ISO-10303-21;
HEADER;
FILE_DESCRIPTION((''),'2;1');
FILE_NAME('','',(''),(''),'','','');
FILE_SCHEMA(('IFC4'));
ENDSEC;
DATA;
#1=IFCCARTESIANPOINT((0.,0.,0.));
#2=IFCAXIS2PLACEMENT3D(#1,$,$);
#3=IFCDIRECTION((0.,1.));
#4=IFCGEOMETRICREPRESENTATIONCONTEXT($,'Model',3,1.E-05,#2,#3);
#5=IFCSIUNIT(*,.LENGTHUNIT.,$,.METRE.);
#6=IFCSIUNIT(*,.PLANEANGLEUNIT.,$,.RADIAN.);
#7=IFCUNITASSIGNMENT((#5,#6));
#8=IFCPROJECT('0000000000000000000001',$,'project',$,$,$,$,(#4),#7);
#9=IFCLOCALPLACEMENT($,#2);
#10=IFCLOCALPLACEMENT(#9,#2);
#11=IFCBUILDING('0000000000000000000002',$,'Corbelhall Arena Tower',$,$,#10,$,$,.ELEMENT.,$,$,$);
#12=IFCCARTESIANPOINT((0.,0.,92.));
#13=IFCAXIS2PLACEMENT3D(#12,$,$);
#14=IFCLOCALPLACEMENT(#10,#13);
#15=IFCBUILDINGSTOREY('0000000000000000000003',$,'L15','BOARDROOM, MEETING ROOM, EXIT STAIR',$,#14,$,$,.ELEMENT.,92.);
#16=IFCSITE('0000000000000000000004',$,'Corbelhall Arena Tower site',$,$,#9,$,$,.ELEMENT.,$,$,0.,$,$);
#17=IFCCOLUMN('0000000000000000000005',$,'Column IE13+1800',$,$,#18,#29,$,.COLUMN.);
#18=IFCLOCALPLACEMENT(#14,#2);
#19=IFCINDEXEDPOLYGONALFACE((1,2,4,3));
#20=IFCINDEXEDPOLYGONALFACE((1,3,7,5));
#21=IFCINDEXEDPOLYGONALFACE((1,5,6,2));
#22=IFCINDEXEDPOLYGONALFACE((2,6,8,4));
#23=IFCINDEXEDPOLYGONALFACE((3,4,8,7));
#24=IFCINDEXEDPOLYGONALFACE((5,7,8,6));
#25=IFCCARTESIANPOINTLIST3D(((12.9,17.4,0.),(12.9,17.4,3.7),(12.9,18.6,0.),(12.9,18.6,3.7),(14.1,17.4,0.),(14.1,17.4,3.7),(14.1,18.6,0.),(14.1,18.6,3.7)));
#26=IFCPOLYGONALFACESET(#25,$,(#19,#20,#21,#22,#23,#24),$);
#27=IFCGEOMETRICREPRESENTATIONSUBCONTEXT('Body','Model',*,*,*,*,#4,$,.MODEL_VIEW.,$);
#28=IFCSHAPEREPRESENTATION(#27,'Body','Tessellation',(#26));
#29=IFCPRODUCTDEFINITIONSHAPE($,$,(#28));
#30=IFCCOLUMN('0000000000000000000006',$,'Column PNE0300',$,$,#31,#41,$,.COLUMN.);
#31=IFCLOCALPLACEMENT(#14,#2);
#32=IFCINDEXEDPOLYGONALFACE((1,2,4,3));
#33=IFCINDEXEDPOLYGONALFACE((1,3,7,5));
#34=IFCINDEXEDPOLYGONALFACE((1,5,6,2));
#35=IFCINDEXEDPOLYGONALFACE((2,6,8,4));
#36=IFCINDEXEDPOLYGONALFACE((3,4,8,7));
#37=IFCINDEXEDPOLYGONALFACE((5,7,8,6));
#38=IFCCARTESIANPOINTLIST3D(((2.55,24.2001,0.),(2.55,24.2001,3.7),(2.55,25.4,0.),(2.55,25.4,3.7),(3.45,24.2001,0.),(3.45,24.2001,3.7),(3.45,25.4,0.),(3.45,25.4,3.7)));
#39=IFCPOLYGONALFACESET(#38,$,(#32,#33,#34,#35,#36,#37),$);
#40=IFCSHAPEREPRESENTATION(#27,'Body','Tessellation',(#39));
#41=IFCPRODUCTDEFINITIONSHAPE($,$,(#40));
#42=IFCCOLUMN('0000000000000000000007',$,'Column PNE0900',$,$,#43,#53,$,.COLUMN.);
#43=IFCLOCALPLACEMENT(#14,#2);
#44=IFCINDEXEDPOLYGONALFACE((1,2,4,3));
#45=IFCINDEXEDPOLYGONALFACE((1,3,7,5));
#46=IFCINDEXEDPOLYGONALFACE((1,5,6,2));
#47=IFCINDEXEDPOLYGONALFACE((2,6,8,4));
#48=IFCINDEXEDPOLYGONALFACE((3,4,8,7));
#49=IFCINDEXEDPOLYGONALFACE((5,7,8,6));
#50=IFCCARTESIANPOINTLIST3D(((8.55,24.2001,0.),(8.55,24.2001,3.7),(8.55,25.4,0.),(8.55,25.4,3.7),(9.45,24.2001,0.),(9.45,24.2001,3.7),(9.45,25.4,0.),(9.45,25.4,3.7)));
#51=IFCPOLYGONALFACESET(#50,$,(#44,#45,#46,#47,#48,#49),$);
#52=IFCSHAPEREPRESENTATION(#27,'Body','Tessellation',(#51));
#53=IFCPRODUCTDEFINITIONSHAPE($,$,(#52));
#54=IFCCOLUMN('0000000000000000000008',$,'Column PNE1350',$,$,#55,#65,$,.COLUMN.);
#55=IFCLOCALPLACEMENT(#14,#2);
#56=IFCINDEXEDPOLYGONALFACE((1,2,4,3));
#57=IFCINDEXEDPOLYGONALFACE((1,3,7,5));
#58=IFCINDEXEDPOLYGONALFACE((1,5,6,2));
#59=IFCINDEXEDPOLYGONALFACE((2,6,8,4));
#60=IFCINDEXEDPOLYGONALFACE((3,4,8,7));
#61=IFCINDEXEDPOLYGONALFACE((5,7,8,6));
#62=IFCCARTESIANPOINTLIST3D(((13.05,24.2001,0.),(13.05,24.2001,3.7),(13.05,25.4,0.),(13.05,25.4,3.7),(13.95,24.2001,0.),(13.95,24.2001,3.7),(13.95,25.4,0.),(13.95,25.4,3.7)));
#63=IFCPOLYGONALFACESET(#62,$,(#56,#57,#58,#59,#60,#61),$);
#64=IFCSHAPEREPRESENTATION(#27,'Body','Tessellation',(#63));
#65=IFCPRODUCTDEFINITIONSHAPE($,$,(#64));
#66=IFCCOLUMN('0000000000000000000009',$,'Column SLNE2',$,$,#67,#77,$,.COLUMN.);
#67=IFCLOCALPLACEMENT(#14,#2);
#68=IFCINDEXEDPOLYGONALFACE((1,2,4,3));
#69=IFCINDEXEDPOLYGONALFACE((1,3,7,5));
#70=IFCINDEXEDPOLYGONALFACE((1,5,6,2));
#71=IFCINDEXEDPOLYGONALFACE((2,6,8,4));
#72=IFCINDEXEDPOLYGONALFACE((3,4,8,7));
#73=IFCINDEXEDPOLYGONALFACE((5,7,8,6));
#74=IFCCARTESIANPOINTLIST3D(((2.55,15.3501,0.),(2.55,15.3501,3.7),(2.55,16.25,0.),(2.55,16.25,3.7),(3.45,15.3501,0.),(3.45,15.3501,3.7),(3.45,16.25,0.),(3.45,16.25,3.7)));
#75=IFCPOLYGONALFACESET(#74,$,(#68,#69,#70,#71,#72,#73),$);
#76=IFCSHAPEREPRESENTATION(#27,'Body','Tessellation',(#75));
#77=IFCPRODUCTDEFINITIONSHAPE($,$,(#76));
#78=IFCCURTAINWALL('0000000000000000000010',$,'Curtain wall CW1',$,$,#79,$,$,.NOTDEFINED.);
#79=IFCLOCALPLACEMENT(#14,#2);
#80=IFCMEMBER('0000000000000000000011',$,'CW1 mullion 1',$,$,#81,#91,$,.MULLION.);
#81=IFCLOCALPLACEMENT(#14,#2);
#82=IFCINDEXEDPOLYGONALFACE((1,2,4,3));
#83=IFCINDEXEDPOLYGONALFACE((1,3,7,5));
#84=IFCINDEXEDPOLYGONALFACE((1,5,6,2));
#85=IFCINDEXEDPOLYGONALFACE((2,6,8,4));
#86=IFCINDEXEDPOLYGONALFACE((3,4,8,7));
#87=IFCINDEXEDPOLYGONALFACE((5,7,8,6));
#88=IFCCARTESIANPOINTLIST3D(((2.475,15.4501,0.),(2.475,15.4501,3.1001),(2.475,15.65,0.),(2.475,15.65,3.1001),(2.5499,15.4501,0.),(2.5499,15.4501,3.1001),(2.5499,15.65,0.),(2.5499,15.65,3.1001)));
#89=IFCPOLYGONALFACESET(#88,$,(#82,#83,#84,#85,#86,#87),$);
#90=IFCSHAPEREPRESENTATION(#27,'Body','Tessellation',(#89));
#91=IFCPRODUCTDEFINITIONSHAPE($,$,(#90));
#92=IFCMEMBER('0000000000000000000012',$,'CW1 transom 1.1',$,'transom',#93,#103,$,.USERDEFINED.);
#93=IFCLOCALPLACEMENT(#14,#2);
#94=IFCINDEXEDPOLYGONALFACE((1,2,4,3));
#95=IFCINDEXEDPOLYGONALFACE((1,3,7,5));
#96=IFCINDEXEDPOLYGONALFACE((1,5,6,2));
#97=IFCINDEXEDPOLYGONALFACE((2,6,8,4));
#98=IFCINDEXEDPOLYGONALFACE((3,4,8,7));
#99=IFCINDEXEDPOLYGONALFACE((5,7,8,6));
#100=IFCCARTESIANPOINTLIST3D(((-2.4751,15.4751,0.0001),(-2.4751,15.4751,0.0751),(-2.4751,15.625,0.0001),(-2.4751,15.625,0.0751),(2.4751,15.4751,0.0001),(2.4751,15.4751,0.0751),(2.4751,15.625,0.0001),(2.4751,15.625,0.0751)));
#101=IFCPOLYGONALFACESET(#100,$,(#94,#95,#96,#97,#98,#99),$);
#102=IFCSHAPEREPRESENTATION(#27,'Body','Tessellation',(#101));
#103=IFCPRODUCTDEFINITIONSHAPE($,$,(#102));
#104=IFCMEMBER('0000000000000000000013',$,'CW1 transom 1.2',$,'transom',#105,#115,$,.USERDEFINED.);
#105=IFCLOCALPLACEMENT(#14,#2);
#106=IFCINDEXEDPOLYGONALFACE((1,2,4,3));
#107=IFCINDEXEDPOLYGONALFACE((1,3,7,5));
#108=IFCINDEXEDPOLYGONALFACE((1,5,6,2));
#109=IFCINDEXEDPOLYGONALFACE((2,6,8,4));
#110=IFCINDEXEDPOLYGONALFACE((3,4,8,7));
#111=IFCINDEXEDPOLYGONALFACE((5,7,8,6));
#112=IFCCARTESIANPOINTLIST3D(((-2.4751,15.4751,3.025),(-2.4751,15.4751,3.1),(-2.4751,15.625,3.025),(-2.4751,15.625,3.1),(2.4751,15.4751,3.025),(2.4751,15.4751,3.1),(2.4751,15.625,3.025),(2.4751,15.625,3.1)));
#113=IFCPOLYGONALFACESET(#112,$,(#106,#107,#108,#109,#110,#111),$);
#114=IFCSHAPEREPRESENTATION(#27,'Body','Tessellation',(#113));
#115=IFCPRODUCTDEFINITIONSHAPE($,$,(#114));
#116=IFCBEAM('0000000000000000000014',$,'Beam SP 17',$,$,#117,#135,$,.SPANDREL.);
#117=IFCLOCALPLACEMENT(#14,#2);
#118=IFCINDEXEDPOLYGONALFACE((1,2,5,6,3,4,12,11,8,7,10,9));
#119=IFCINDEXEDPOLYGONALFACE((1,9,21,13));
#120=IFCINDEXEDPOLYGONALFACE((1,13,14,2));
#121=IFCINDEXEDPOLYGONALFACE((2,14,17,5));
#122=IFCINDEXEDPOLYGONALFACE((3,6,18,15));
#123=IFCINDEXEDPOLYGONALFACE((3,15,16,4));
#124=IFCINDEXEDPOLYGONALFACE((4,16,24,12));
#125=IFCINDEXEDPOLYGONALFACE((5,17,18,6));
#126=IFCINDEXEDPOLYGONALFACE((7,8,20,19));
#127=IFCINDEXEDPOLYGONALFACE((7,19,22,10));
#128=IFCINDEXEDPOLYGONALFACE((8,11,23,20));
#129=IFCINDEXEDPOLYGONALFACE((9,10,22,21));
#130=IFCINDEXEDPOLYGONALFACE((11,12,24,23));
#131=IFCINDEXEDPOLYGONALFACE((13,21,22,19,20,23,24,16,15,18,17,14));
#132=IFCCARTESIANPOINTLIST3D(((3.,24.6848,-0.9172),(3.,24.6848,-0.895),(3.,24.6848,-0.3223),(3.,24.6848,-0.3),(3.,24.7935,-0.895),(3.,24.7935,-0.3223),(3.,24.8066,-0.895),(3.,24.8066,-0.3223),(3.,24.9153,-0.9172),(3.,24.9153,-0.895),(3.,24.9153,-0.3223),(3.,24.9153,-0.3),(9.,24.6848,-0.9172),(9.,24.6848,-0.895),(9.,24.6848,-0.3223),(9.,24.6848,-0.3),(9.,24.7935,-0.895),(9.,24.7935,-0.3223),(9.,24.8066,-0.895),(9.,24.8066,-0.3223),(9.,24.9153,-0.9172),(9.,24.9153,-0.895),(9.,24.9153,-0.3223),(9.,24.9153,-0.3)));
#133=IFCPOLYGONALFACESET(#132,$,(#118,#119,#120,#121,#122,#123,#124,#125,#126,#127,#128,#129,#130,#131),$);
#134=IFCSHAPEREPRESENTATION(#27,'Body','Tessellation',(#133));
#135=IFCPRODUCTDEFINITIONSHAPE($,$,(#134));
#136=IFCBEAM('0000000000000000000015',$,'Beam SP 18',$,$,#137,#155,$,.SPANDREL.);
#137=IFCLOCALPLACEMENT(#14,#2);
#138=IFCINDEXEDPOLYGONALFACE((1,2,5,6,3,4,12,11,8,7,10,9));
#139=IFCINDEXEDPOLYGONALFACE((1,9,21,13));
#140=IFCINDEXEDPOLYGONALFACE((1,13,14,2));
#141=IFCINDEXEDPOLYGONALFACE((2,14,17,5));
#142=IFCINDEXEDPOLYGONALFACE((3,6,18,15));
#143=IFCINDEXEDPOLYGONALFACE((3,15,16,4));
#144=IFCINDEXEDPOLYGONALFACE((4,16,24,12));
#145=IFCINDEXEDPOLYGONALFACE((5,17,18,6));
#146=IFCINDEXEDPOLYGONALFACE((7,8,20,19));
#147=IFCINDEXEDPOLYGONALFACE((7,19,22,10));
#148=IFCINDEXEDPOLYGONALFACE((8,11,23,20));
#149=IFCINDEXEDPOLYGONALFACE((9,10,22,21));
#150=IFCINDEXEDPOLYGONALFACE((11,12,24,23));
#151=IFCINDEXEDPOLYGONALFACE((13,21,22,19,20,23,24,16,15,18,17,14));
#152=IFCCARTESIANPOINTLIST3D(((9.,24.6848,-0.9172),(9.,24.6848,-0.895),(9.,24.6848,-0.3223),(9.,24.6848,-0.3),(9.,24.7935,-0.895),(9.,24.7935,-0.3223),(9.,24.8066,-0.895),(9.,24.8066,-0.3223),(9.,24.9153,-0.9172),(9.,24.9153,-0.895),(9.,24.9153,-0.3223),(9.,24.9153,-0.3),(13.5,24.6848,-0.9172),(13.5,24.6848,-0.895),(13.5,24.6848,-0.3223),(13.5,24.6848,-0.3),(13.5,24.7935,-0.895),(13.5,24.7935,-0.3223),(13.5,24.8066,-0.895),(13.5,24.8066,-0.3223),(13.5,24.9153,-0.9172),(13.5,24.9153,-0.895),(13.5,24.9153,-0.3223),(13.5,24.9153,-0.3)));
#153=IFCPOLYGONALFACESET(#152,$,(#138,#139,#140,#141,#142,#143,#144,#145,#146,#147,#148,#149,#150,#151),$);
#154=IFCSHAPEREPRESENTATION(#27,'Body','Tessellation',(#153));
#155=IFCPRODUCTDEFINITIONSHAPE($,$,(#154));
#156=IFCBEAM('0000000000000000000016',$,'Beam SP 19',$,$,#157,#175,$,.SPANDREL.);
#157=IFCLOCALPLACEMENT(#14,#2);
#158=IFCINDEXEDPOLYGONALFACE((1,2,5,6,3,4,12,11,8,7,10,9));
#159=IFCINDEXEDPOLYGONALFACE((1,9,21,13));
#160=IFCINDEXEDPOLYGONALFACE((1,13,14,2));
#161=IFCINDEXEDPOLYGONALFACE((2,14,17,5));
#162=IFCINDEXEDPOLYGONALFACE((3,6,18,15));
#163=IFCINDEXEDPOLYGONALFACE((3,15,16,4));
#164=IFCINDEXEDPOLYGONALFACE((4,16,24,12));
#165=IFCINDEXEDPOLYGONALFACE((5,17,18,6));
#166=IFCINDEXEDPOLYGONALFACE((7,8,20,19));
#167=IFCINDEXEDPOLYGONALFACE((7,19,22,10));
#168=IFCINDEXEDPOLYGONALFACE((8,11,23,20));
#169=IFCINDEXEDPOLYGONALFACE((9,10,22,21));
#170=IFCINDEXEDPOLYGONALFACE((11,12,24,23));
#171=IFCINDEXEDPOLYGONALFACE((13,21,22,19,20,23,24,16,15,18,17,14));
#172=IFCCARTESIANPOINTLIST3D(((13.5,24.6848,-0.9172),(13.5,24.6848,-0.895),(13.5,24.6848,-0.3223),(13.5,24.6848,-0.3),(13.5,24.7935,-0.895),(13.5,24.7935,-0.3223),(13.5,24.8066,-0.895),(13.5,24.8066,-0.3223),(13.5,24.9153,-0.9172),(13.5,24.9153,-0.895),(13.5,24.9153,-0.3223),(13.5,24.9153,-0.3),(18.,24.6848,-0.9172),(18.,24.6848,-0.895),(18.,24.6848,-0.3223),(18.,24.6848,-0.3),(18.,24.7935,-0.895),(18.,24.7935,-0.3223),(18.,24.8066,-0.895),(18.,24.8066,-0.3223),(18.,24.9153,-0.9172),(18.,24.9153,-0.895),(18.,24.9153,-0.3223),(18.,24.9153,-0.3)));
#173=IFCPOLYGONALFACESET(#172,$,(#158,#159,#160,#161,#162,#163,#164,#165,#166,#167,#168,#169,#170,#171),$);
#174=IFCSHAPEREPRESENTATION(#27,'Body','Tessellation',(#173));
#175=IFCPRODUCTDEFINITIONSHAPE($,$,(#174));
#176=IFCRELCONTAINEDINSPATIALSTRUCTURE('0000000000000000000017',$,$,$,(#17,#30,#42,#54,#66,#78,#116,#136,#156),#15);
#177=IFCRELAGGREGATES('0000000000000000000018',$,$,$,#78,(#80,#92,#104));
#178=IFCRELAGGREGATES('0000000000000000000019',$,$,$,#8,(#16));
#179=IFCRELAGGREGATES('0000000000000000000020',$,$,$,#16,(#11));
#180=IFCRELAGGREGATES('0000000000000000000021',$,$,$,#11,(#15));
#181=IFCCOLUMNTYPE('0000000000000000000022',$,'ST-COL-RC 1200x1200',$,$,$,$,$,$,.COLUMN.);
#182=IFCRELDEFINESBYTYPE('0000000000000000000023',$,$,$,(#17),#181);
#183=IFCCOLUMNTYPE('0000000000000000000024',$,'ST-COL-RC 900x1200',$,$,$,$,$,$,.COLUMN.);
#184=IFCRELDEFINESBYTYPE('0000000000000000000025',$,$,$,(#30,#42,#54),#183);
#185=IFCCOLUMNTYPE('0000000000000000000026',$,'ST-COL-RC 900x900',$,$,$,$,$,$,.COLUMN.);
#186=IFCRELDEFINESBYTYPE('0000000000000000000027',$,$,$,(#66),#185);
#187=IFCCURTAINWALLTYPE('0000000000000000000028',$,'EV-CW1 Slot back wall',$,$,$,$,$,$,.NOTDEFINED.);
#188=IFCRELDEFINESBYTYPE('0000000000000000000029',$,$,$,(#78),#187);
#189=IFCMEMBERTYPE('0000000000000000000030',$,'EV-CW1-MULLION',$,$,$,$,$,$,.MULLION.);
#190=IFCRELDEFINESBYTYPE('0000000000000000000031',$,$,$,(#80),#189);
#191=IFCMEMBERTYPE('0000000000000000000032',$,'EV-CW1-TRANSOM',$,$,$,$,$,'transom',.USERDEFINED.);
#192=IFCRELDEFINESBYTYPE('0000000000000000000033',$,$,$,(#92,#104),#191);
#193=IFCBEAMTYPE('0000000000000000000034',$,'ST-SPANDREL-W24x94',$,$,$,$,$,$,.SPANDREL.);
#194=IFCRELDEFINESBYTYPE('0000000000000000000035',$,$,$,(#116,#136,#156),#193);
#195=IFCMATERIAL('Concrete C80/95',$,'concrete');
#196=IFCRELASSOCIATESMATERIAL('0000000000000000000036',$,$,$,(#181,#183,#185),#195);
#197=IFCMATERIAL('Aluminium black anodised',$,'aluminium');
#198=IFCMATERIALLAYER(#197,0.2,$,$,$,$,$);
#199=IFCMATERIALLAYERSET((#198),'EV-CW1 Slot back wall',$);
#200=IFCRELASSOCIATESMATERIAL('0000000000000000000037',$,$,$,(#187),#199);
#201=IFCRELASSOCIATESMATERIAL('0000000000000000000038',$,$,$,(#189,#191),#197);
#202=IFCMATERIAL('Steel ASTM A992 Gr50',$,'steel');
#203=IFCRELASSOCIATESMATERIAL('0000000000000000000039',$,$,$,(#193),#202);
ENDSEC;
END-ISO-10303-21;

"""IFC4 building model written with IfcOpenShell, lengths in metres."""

from ifc_helpers import new_model, si_unit, direction, frame, origin, origin_2d, place, context, subcontext, project, spatial, rectangle, i_section, extrude, material, layer, layer_set, material_profile, profile_set, type_object, element, aggregate, save


model = new_model("IFC4")

# Units and contexts
model_context = context("Model", 3, precision=1e-05, world=origin(), true_north=direction((0.0, 1.0)))
body_context = subcontext(model_context, "Body", "Model", "MODEL_VIEW")
ifc_project = project(units=[si_unit("LENGTHUNIT", "METRE"), si_unit("PLANEANGLEUNIT", "RADIAN")], contexts=[model_context])

# Site, building, storey
site_placement = place(None, origin())
site = spatial("IfcSite", under=ifc_project, at=site_placement, Name="Corbelhall Arena Tower site", CompositionType="ELEMENT", RefElevation=0.0)
building_placement = place(site_placement, origin())
building = spatial("IfcBuilding", under=site, at=building_placement, Name="Corbelhall Arena Tower", CompositionType="ELEMENT")
storey_placement = place(building_placement, frame((0.0, 0.0, 92.0)))
storey = spatial("IfcBuildingStorey", under=building, at=storey_placement, Name="L15", Description="BOARDROOM, MEETING ROOM, EXIT STAIR", CompositionType="ELEMENT", Elevation=92.0)

# Columns
ifc_material_1 = material(Name="Concrete C80/95", Category="concrete")
ifc_material_profile_1 = material_profile(ifc_material_1, rectangle(XDim=1.2, YDim=1.2, at=origin_2d()))
ifc_profile_set_1 = profile_set([ifc_material_profile_1], Name="Concrete C80/95")
column_type_1 = type_object("IfcColumnType", Name="ST-COL-RC 1200x1200", PredefinedType="COLUMN", material=ifc_profile_set_1)
column_1_placement = place(storey_placement, frame((13.5, 18.0, 0.0), z_axis=(0.0, 0.0, 1.0), x_axis=(1.0, 0.0, 0.0)))
element("IfcColumn", 1, at=column_1_placement, inside=storey, type_object=column_type_1, Name="Column IE13+1800", PredefinedType="COLUMN", context=body_context, shape_type="SweptSolid", body=[
    extrude(rectangle(XDim=1.2, YDim=1.2, at=origin_2d()), origin(), (0.0, 0.0, 1.0), 3.7),
])
ifc_material_profile_2 = material_profile(ifc_material_1, rectangle(XDim=0.8999, YDim=1.2, at=origin_2d()))
ifc_profile_set_2 = profile_set([ifc_material_profile_2], Name="Concrete C80/95")
column_type_2 = type_object("IfcColumnType", Name="ST-COL-RC 900x1200", PredefinedType="COLUMN", material=ifc_profile_set_2)
for number, where, z_axis, x_axis, name in (
    (2, (3.0, 24.8, 0.0), (0.0, 0.0, 1.0), (1.0, 0.0, 0.0), "Column PNE0300"),
    (3, (9.0, 24.8, 0.0), (0.0, 0.0, 1.0), (1.0, 0.0, 0.0), "Column PNE0900"),
    (4, (13.5, 24.8, 0.0), (0.0, 0.0, 1.0), (1.0, 0.0, 0.0), "Column PNE1350"),
):
    element("IfcColumn", number, at=place(storey_placement, frame(where, z_axis=z_axis, x_axis=x_axis)), inside=storey, type_object=column_type_2, Name=name, PredefinedType="COLUMN", context=body_context, shape_type="SweptSolid", body=[
        extrude(rectangle(XDim=0.8999, YDim=1.2, at=origin_2d()), origin(), (0.0, 0.0, 1.0), 3.7),
    ])
ifc_material_profile_3 = material_profile(ifc_material_1, rectangle(XDim=0.8999, YDim=0.8999, at=origin_2d()))
ifc_profile_set_3 = profile_set([ifc_material_profile_3], Name="Concrete C80/95")
column_type_3 = type_object("IfcColumnType", Name="ST-COL-RC 900x900", PredefinedType="COLUMN", material=ifc_profile_set_3)
column_2_placement = place(storey_placement, frame((3.0, 15.8, 0.0), z_axis=(0.0, 0.0, 1.0), x_axis=(1.0, 0.0, 0.0)))
element("IfcColumn", 5, at=column_2_placement, inside=storey, type_object=column_type_3, Name="Column SLNE2", PredefinedType="COLUMN", context=body_context, shape_type="SweptSolid", body=[
    extrude(rectangle(XDim=0.8999, YDim=0.8999, at=origin_2d()), origin(), (0.0, 0.0, 1.0), 3.7),
])

# Curtain wall, members
ifc_material_2 = material(Name="Aluminium black anodised", Category="aluminium")
ifc_layer_1 = layer(ifc_material_2, 0.2)
ifc_layer_set_1 = layer_set([ifc_layer_1], Name="EV-CW1 Slot back wall")
curtain_wall_type = type_object("IfcCurtainWallType", Name="EV-CW1 Slot back wall", PredefinedType="NOTDEFINED", material=ifc_layer_set_1)
curtain_wall_placement = place(storey_placement, origin())
curtain_wall = element("IfcCurtainWall", 6, at=curtain_wall_placement, inside=storey, type_object=curtain_wall_type, Name="Curtain wall CW1", PredefinedType="NOTDEFINED")
ifc_material_profile_4 = material_profile(ifc_material_2, rectangle(XDim=0.2, YDim=0.075, at=origin_2d()))
ifc_profile_set_4 = profile_set([ifc_material_profile_4], Name="Aluminium black anodised")
member_type_1 = type_object("IfcMemberType", Name="EV-CW1-MULLION", PredefinedType="MULLION", material=ifc_profile_set_4)
member_1_placement = place(storey_placement, frame((2.5125, 15.55, 0.0), z_axis=(0.0, 0.0, 1.0), x_axis=(0.0, -1.0, 0.0)))
member_1 = element("IfcMember", 7, at=member_1_placement, type_object=member_type_1, Name="CW1 mullion 1", PredefinedType="MULLION", context=body_context, shape_type="SweptSolid", body=[
    extrude(rectangle(XDim=0.2, YDim=0.075, at=origin_2d()), origin(), (0.0, 0.0, 1.0), 3.1001),
])
ifc_material_profile_5 = material_profile(ifc_material_2, rectangle(XDim=0.1499, YDim=0.075, at=origin_2d()))
ifc_profile_set_5 = profile_set([ifc_material_profile_5], Name="Aluminium black anodised")
member_type_2 = type_object("IfcMemberType", Name="EV-CW1-TRANSOM", ElementType="transom", PredefinedType="USERDEFINED", material=ifc_profile_set_5)
member_2_placement = place(storey_placement, frame((2.4751, 15.55, 0.0376), z_axis=(-1.0, 0.0, 0.0), x_axis=(0.0, -1.0, 0.0)))
member_2 = element("IfcMember", 8, at=member_2_placement, type_object=member_type_2, Name="CW1 transom 1.1", ObjectType="transom", PredefinedType="USERDEFINED", context=body_context, shape_type="SweptSolid", body=[
    extrude(rectangle(XDim=0.1499, YDim=0.075, at=origin_2d()), origin(), (0.0, 0.0, 1.0), 4.9502),
])
member_3_placement = place(storey_placement, frame((2.4751, 15.55, 3.0625), z_axis=(-1.0, 0.0, 0.0), x_axis=(0.0, -1.0, 0.0)))
member_3 = element("IfcMember", 9, at=member_3_placement, type_object=member_type_2, Name="CW1 transom 1.2", ObjectType="transom", PredefinedType="USERDEFINED", context=body_context, shape_type="SweptSolid", body=[
    extrude(rectangle(XDim=0.1499, YDim=0.075, at=origin_2d()), origin(), (0.0, 0.0, 1.0), 4.9502),
])

# Beams
ifc_material_3 = material(Name="Steel ASTM A992 Gr50", Category="steel")
ifc_material_profile_6 = material_profile(ifc_material_3, i_section(OverallWidth=0.2305, OverallDepth=0.6172, WebThickness=0.0132, FlangeThickness=0.0222, at=origin_2d()))
ifc_profile_set_6 = profile_set([ifc_material_profile_6], Name="Steel ASTM A992 Gr50")
beam_type_1 = type_object("IfcBeamType", Name="ST-SPANDREL-W24x94", PredefinedType="SPANDREL", material=ifc_profile_set_6)
beam_1_placement = place(storey_placement, frame((3.0, 24.8, -0.6086), z_axis=(1.0, 0.0, 0.0), x_axis=(0.0, 1.0, 0.0)))
element("IfcBeam", 10, at=beam_1_placement, inside=storey, type_object=beam_type_1, Name="Beam SP 17", PredefinedType="SPANDREL", context=body_context, shape_type="SweptSolid", body=[
    extrude(i_section(OverallWidth=0.2305, OverallDepth=0.6172, WebThickness=0.0132, FlangeThickness=0.0222, at=origin_2d()), origin(), (0.0, 0.0, 1.0), 6.0),
])
for number, where, z_axis, x_axis, name in (
    (11, (9.0, 24.8, -0.6086), (1.0, 0.0, 0.0), (0.0, 1.0, 0.0), "Beam SP 18"),
    (12, (13.5, 24.8, -0.6086), (1.0, 0.0, 0.0), (0.0, 1.0, 0.0), "Beam SP 19"),
):
    element("IfcBeam", number, at=place(storey_placement, frame(where, z_axis=z_axis, x_axis=x_axis)), inside=storey, type_object=beam_type_1, Name=name, PredefinedType="SPANDREL", context=body_context, shape_type="SweptSolid", body=[
        extrude(i_section(OverallWidth=0.2305, OverallDepth=0.6172, WebThickness=0.0132, FlangeThickness=0.0222, at=origin_2d()), origin(), (0.0, 0.0, 1.0), 4.5),
    ])

aggregate(curtain_wall, [member_1, member_2, member_3])

save(model, "model.ifc")
